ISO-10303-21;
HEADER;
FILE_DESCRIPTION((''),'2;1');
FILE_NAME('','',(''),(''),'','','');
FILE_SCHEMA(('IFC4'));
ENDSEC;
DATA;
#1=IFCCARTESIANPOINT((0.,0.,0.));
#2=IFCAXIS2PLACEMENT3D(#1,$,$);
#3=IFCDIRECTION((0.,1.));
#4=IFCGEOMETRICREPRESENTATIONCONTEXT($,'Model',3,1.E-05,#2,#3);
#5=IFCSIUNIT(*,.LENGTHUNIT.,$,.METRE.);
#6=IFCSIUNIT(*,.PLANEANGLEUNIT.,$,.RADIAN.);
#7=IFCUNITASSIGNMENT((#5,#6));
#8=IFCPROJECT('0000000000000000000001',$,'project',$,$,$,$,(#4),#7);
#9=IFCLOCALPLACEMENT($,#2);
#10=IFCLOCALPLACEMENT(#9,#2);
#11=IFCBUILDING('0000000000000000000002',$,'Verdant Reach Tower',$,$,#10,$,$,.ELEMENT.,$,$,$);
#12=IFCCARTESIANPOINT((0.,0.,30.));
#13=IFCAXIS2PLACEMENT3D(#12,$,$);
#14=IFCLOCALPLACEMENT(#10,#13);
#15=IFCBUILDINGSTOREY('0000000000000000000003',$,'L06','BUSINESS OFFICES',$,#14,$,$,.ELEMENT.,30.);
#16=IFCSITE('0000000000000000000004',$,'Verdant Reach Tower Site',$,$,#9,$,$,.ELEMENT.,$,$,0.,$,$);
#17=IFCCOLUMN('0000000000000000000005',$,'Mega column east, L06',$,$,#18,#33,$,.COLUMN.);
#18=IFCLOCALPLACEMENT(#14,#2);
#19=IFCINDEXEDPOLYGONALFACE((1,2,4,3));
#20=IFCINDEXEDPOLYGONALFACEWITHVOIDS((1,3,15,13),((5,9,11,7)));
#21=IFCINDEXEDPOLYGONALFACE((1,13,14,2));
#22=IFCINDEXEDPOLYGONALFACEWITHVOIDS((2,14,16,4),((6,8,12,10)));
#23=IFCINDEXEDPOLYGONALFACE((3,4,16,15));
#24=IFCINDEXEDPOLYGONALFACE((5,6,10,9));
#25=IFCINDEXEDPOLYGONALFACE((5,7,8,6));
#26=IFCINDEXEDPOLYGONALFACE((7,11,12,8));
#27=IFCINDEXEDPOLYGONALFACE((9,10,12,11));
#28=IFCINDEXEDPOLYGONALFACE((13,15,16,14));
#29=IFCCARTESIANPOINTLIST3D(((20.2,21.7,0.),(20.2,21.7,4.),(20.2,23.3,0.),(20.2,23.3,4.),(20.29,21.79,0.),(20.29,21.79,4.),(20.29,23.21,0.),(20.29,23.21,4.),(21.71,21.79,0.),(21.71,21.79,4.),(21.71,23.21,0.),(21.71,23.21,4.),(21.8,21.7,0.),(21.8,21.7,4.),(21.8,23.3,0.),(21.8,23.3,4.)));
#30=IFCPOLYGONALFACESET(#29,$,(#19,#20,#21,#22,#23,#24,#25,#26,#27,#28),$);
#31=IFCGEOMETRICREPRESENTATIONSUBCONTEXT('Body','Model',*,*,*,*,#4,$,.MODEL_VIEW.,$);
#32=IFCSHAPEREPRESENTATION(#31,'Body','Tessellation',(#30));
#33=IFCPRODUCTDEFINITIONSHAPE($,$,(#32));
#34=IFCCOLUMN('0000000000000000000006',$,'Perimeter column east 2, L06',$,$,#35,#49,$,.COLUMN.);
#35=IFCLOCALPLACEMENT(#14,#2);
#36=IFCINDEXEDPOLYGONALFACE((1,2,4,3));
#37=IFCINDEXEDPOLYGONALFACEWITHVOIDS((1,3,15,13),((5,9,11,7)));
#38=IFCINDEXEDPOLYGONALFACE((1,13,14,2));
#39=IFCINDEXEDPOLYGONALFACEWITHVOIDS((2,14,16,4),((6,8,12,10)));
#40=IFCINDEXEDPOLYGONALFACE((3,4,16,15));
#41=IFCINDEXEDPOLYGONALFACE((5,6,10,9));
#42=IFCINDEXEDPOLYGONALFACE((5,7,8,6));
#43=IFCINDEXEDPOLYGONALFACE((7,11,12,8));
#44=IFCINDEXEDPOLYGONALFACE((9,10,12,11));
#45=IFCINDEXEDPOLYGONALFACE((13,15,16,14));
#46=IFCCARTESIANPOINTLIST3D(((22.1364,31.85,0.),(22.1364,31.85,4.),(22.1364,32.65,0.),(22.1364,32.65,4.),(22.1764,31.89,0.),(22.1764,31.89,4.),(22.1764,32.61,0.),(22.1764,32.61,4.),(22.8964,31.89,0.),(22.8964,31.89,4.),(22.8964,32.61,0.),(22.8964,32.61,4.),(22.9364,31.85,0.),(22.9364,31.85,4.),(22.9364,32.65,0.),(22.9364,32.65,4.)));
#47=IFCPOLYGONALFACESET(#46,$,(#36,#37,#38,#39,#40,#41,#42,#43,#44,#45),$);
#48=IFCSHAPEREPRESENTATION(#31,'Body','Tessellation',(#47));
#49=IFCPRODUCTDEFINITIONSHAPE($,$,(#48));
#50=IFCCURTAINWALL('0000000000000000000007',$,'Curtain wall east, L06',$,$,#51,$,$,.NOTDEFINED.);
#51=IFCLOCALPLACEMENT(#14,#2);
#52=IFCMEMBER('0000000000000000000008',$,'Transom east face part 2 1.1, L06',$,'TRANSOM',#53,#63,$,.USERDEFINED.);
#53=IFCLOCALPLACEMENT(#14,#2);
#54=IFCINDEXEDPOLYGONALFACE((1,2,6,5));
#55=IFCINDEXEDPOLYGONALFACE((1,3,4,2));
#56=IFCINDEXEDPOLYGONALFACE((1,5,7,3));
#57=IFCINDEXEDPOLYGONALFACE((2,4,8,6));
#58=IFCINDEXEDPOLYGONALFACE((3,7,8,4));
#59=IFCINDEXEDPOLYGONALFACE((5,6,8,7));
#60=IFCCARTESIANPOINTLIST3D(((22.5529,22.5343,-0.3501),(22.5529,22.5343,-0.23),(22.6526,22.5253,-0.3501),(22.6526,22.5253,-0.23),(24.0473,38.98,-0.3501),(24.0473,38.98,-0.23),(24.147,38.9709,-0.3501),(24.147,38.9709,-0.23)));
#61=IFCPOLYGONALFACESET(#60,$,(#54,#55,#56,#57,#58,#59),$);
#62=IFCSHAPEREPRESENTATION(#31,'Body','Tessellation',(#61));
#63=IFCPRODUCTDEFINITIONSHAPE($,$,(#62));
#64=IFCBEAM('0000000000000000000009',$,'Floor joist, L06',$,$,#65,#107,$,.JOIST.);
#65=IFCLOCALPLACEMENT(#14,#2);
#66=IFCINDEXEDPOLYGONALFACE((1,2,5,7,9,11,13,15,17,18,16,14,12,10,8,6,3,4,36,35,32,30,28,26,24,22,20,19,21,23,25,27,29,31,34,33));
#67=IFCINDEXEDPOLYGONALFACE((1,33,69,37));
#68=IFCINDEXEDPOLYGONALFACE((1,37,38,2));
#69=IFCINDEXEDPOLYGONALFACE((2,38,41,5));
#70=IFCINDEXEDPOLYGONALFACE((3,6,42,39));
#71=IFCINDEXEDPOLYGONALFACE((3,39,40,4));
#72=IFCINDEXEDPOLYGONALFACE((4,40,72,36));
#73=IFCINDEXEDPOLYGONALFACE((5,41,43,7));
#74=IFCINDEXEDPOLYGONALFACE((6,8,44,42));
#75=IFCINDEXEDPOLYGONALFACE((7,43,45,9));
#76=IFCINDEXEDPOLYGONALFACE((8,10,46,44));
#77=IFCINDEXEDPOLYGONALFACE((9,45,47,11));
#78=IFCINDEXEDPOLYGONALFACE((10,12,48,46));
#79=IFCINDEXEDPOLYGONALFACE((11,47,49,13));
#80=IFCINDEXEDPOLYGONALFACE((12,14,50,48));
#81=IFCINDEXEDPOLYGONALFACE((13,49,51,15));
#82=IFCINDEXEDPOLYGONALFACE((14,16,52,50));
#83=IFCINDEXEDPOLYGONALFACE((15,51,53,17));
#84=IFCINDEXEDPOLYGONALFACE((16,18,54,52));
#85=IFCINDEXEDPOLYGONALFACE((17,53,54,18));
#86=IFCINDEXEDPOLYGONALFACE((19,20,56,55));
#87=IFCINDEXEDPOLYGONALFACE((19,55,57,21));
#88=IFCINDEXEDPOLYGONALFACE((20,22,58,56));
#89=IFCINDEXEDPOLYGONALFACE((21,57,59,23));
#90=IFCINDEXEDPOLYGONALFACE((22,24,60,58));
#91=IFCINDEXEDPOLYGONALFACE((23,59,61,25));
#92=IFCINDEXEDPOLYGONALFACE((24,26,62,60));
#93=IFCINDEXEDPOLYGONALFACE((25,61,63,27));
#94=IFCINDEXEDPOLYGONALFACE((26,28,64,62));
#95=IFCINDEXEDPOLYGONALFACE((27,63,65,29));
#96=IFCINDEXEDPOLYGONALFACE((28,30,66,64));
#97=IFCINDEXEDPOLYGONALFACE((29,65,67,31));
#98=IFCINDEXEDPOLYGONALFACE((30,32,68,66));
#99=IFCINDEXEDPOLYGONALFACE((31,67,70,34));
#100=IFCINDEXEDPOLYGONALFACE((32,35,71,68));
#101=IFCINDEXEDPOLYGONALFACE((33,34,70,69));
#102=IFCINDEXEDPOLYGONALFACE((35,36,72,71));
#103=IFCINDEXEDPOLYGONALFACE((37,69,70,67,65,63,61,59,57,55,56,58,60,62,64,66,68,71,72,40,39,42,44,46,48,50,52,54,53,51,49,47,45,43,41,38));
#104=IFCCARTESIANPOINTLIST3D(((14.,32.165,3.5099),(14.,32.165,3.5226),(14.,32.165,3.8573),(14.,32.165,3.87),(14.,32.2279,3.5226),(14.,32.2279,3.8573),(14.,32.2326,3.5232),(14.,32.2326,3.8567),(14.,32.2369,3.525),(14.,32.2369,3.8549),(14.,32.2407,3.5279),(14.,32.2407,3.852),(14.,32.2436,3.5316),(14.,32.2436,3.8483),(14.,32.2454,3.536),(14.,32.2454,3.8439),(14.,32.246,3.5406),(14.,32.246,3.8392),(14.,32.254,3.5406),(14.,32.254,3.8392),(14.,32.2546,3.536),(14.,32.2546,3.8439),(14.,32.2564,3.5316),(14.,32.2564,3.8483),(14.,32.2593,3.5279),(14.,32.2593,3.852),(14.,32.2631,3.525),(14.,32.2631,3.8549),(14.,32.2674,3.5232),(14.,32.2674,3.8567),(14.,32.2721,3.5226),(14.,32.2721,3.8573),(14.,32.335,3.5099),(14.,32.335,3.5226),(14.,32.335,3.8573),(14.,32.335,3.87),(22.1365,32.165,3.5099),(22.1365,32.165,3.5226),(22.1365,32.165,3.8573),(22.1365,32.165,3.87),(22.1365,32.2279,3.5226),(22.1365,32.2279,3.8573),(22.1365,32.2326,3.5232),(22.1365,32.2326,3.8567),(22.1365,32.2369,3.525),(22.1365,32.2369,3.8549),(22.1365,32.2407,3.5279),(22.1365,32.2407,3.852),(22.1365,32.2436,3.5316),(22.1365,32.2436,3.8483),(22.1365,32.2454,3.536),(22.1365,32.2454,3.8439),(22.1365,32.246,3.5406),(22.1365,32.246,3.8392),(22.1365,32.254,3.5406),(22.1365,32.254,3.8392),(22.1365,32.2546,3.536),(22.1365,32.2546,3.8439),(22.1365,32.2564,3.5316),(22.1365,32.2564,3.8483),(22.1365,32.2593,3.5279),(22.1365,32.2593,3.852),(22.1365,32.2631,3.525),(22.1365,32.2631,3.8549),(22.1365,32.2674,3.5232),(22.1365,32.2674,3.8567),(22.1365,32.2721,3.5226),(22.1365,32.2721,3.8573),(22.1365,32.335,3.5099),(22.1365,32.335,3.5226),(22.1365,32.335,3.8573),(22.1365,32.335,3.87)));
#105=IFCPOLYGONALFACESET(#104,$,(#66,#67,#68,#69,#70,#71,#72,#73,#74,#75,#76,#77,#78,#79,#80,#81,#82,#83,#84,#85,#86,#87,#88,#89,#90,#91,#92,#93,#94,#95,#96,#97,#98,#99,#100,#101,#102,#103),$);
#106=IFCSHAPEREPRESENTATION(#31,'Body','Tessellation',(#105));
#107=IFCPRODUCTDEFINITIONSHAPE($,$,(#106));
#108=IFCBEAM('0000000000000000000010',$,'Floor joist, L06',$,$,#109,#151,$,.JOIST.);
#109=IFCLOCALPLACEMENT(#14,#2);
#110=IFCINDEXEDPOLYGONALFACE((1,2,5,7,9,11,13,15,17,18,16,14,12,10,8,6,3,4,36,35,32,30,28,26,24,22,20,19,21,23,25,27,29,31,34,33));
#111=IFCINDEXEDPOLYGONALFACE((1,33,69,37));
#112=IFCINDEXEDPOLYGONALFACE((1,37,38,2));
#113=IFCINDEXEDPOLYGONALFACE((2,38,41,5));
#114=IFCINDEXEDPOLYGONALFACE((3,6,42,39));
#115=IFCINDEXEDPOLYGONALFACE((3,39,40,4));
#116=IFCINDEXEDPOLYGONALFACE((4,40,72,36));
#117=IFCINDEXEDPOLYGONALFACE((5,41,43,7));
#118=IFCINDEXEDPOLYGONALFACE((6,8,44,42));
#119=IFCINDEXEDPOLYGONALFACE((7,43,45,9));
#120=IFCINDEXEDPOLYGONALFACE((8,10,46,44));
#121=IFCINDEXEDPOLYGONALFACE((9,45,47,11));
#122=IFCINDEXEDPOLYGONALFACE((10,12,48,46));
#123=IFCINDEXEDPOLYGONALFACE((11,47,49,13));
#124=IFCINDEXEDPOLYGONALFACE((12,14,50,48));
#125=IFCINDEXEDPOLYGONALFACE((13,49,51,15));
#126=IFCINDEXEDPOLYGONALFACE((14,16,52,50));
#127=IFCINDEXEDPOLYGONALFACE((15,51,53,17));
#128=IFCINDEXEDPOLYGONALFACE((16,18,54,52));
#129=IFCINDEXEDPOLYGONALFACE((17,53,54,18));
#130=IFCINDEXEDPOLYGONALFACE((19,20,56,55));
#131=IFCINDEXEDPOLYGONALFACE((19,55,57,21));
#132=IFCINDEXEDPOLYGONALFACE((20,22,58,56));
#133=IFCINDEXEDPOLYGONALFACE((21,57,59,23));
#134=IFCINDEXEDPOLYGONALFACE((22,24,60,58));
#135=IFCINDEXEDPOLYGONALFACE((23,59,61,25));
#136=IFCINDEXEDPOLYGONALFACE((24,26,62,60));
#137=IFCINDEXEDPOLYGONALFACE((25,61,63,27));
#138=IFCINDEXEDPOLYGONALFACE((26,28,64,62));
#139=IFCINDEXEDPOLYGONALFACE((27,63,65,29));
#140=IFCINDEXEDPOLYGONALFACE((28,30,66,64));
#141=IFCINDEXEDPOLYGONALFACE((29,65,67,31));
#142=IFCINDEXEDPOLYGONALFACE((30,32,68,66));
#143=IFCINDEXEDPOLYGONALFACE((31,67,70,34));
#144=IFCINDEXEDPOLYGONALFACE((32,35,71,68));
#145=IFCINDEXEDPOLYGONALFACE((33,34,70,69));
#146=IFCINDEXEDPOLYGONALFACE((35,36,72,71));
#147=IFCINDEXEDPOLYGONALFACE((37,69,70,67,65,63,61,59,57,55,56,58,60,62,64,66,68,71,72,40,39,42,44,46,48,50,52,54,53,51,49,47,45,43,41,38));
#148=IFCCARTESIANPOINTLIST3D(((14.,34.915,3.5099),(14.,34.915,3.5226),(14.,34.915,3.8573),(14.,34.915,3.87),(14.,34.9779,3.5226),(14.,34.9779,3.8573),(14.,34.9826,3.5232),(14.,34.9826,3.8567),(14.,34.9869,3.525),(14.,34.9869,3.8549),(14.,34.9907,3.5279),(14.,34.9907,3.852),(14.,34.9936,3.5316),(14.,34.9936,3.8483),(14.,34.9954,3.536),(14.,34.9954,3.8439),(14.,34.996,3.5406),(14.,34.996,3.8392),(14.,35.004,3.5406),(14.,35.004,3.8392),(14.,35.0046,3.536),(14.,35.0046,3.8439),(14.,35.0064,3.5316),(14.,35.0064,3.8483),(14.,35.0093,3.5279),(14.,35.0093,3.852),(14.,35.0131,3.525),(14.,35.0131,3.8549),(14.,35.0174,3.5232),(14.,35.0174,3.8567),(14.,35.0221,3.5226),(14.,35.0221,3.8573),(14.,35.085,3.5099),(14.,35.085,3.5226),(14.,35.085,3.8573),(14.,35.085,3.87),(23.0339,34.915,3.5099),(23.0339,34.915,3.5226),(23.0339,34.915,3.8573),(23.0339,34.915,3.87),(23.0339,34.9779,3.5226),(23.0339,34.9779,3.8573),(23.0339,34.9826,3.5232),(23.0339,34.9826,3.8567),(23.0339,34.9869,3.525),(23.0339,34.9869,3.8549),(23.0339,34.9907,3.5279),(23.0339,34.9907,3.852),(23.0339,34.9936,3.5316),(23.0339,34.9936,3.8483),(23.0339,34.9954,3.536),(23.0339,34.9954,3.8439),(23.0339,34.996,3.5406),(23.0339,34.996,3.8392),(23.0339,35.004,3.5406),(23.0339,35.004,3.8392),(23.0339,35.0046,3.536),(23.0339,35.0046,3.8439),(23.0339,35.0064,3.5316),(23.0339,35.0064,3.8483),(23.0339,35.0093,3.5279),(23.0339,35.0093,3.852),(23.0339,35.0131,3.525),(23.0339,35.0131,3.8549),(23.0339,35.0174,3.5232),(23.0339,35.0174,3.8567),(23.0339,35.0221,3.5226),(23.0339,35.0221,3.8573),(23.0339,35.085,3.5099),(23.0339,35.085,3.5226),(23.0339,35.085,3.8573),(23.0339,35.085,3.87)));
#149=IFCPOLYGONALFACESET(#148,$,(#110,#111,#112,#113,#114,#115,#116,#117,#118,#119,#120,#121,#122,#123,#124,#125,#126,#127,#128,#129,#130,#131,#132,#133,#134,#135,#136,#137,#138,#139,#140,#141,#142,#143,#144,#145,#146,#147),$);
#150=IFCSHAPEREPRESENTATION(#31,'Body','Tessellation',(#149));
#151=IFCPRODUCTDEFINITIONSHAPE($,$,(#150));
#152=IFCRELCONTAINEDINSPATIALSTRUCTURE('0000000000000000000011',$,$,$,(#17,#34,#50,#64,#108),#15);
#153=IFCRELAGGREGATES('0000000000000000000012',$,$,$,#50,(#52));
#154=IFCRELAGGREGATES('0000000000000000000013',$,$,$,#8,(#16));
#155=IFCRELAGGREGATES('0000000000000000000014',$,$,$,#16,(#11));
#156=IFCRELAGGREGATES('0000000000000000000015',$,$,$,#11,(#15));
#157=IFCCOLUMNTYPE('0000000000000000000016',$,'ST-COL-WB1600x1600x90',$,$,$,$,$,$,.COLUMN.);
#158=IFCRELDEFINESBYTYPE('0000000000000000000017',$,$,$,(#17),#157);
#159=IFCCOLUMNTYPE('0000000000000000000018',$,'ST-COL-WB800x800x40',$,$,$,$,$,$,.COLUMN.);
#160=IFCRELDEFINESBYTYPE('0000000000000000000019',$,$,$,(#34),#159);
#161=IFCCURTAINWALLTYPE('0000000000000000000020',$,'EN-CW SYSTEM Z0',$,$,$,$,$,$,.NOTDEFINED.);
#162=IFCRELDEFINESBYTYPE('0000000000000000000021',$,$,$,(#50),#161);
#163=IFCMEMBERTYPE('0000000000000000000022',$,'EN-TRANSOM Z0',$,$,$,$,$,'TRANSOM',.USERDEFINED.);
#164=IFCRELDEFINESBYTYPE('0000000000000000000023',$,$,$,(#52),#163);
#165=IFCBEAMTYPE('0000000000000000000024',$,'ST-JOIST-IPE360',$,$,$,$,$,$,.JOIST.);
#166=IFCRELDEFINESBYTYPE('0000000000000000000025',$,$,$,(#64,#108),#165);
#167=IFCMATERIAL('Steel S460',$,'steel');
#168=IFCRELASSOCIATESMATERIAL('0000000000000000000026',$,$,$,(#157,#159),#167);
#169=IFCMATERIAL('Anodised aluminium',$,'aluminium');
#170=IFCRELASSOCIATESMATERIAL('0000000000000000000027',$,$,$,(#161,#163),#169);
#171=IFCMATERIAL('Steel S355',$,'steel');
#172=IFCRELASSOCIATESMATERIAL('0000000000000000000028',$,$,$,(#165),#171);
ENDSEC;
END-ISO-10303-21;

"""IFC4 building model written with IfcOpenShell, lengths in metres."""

from ifc_helpers import new_model, si_unit, direction, frame, origin, origin_2d, place, context, subcontext, project, spatial, rectangle, hollow_rectangle, i_section, extrude, material, material_profile, profile_set, type_object, element, aggregate, save


model = new_model("IFC4")

# Units and contexts
model_context = context("Model", 3, precision=1e-05, world=origin(), true_north=direction((0.0, 1.0)))
body_context = subcontext(model_context, "Body", "Model", "MODEL_VIEW")
ifc_project = project(units=[si_unit("LENGTHUNIT", "METRE"), si_unit("PLANEANGLEUNIT", "RADIAN")], contexts=[model_context])

# Site, building, storey
site_placement = place(None, origin())
site = spatial("IfcSite", under=ifc_project, at=site_placement, Name="Verdant Reach Tower Site", CompositionType="ELEMENT", RefElevation=0.0)
building_placement = place(site_placement, origin())
building = spatial("IfcBuilding", under=site, at=building_placement, Name="Verdant Reach Tower", CompositionType="ELEMENT")
storey_placement = place(building_placement, frame((0.0, 0.0, 30.0)))
storey = spatial("IfcBuildingStorey", under=building, at=storey_placement, Name="L06", Description="BUSINESS OFFICES", CompositionType="ELEMENT", Elevation=30.0)

# Columns
ifc_material_1 = material(Name="Steel S460", Category="steel")
ifc_material_profile_1 = material_profile(ifc_material_1, hollow_rectangle(XDim=1.6001, YDim=1.6001, WallThickness=0.0901, at=origin_2d()), Name="WB 1600x1600x90")
ifc_profile_set_1 = profile_set([ifc_material_profile_1], Name="Steel S460")
column_type_1 = type_object("IfcColumnType", Name="ST-COL-WB1600x1600x90", PredefinedType="COLUMN", material=ifc_profile_set_1)
column_1_placement = place(storey_placement, frame((21.0, 22.5, 0.0), z_axis=(0.0, 0.0, 1.0), x_axis=(1.0, 0.0, 0.0)))
element("IfcColumn", 1, at=column_1_placement, inside=storey, type_object=column_type_1, Name="Mega column east, L06", PredefinedType="COLUMN", context=body_context, shape_type="SweptSolid", body=[
    extrude(hollow_rectangle(XDim=1.6001, YDim=1.6001, WallThickness=0.0901, at=origin_2d()), origin(), (0.0, 0.0, 1.0), 4.0),
])
ifc_material_profile_2 = material_profile(ifc_material_1, hollow_rectangle(XDim=0.8, YDim=0.8, WallThickness=0.04, at=origin_2d()), Name="WB 800x800x40")
ifc_profile_set_2 = profile_set([ifc_material_profile_2], Name="Steel S460")
column_type_2 = type_object("IfcColumnType", Name="ST-COL-WB800x800x40", PredefinedType="COLUMN", material=ifc_profile_set_2)
column_2_placement = place(storey_placement, frame((22.5364, 32.25, 0.0), z_axis=(0.0, 0.0, 1.0), x_axis=(1.0, 0.0, 0.0)))
element("IfcColumn", 2, at=column_2_placement, inside=storey, type_object=column_type_2, Name="Perimeter column east 2, L06", PredefinedType="COLUMN", context=body_context, shape_type="SweptSolid", body=[
    extrude(hollow_rectangle(XDim=0.8, YDim=0.8, WallThickness=0.04, at=origin_2d()), origin(), (0.0, 0.0, 1.0), 4.0),
])

# Curtain wall, member
ifc_material_2 = material(Name="Anodised aluminium", Category="aluminium")
curtain_wall_type = type_object("IfcCurtainWallType", Name="EN-CW SYSTEM Z0", PredefinedType="NOTDEFINED", material=ifc_material_2)
curtain_wall_placement = place(storey_placement, origin())
curtain_wall = element("IfcCurtainWall", 3, at=curtain_wall_placement, inside=storey, type_object=curtain_wall_type, Name="Curtain wall east, L06", PredefinedType="NOTDEFINED")
ifc_material_profile_3 = material_profile(ifc_material_2, rectangle(XDim=0.1001, YDim=0.1201, at=origin_2d()), Name="Transom 120x100")
ifc_profile_set_3 = profile_set([ifc_material_profile_3], Name="Anodised aluminium")
member_type = type_object("IfcMemberType", Name="EN-TRANSOM Z0", ElementType="TRANSOM", PredefinedType="USERDEFINED", material=ifc_profile_set_3)
member_placement = place(storey_placement, frame((22.6028, 22.5298, -0.29), z_axis=(0.090496, 0.995897, 0.0), x_axis=(-0.995897, 0.090496, 0.0)))
member = element("IfcMember", 4, at=member_placement, type_object=member_type, Name="Transom east face part 2 1.1, L06", ObjectType="TRANSOM", PredefinedType="USERDEFINED", context=body_context, shape_type="SweptSolid", body=[
    extrude(rectangle(XDim=0.1001, YDim=0.1201, at=origin_2d()), origin(), (0.0, 0.0, 1.0), 16.5134),
])

# Beams
ifc_material_3 = material(Name="Steel S355", Category="steel")
ifc_material_profile_4 = material_profile(ifc_material_3, i_section(OverallWidth=0.1699, OverallDepth=0.3601, WebThickness=0.0081, FlangeThickness=0.0127, FilletRadius=0.0181, at=origin_2d()), Name="IPE 360")
ifc_profile_set_4 = profile_set([ifc_material_profile_4], Name="Steel S355")
beam_type_1 = type_object("IfcBeamType", Name="ST-JOIST-IPE360", PredefinedType="JOIST", material=ifc_profile_set_4)
beam_1_placement = place(storey_placement, frame((14.0, 32.25, 3.6899), z_axis=(1.0, 0.0, 0.0), x_axis=(0.0, 1.0, 0.0)))
element("IfcBeam", 5, at=beam_1_placement, inside=storey, type_object=beam_type_1, Name="Floor joist, L06", PredefinedType="JOIST", context=body_context, shape_type="SweptSolid", body=[
    extrude(i_section(OverallWidth=0.1699, OverallDepth=0.3601, WebThickness=0.0081, FlangeThickness=0.0127, FilletRadius=0.0181, at=origin_2d()), origin(), (0.0, 0.0, 1.0), 8.1365),
])
beam_2_placement = place(storey_placement, frame((14.0, 35.0, 3.6899), z_axis=(1.0, 0.0, 0.0), x_axis=(0.0, 1.0, 0.0)))
element("IfcBeam", 6, at=beam_2_placement, inside=storey, type_object=beam_type_1, Name="Floor joist, L06", PredefinedType="JOIST", context=body_context, shape_type="SweptSolid", body=[
    extrude(i_section(OverallWidth=0.1699, OverallDepth=0.3601, WebThickness=0.0081, FlangeThickness=0.0127, FilletRadius=0.0181, at=origin_2d()), origin(), (0.0, 0.0, 1.0), 9.0339),
])

aggregate(curtain_wall, [member])

save(model, "model.ifc")
